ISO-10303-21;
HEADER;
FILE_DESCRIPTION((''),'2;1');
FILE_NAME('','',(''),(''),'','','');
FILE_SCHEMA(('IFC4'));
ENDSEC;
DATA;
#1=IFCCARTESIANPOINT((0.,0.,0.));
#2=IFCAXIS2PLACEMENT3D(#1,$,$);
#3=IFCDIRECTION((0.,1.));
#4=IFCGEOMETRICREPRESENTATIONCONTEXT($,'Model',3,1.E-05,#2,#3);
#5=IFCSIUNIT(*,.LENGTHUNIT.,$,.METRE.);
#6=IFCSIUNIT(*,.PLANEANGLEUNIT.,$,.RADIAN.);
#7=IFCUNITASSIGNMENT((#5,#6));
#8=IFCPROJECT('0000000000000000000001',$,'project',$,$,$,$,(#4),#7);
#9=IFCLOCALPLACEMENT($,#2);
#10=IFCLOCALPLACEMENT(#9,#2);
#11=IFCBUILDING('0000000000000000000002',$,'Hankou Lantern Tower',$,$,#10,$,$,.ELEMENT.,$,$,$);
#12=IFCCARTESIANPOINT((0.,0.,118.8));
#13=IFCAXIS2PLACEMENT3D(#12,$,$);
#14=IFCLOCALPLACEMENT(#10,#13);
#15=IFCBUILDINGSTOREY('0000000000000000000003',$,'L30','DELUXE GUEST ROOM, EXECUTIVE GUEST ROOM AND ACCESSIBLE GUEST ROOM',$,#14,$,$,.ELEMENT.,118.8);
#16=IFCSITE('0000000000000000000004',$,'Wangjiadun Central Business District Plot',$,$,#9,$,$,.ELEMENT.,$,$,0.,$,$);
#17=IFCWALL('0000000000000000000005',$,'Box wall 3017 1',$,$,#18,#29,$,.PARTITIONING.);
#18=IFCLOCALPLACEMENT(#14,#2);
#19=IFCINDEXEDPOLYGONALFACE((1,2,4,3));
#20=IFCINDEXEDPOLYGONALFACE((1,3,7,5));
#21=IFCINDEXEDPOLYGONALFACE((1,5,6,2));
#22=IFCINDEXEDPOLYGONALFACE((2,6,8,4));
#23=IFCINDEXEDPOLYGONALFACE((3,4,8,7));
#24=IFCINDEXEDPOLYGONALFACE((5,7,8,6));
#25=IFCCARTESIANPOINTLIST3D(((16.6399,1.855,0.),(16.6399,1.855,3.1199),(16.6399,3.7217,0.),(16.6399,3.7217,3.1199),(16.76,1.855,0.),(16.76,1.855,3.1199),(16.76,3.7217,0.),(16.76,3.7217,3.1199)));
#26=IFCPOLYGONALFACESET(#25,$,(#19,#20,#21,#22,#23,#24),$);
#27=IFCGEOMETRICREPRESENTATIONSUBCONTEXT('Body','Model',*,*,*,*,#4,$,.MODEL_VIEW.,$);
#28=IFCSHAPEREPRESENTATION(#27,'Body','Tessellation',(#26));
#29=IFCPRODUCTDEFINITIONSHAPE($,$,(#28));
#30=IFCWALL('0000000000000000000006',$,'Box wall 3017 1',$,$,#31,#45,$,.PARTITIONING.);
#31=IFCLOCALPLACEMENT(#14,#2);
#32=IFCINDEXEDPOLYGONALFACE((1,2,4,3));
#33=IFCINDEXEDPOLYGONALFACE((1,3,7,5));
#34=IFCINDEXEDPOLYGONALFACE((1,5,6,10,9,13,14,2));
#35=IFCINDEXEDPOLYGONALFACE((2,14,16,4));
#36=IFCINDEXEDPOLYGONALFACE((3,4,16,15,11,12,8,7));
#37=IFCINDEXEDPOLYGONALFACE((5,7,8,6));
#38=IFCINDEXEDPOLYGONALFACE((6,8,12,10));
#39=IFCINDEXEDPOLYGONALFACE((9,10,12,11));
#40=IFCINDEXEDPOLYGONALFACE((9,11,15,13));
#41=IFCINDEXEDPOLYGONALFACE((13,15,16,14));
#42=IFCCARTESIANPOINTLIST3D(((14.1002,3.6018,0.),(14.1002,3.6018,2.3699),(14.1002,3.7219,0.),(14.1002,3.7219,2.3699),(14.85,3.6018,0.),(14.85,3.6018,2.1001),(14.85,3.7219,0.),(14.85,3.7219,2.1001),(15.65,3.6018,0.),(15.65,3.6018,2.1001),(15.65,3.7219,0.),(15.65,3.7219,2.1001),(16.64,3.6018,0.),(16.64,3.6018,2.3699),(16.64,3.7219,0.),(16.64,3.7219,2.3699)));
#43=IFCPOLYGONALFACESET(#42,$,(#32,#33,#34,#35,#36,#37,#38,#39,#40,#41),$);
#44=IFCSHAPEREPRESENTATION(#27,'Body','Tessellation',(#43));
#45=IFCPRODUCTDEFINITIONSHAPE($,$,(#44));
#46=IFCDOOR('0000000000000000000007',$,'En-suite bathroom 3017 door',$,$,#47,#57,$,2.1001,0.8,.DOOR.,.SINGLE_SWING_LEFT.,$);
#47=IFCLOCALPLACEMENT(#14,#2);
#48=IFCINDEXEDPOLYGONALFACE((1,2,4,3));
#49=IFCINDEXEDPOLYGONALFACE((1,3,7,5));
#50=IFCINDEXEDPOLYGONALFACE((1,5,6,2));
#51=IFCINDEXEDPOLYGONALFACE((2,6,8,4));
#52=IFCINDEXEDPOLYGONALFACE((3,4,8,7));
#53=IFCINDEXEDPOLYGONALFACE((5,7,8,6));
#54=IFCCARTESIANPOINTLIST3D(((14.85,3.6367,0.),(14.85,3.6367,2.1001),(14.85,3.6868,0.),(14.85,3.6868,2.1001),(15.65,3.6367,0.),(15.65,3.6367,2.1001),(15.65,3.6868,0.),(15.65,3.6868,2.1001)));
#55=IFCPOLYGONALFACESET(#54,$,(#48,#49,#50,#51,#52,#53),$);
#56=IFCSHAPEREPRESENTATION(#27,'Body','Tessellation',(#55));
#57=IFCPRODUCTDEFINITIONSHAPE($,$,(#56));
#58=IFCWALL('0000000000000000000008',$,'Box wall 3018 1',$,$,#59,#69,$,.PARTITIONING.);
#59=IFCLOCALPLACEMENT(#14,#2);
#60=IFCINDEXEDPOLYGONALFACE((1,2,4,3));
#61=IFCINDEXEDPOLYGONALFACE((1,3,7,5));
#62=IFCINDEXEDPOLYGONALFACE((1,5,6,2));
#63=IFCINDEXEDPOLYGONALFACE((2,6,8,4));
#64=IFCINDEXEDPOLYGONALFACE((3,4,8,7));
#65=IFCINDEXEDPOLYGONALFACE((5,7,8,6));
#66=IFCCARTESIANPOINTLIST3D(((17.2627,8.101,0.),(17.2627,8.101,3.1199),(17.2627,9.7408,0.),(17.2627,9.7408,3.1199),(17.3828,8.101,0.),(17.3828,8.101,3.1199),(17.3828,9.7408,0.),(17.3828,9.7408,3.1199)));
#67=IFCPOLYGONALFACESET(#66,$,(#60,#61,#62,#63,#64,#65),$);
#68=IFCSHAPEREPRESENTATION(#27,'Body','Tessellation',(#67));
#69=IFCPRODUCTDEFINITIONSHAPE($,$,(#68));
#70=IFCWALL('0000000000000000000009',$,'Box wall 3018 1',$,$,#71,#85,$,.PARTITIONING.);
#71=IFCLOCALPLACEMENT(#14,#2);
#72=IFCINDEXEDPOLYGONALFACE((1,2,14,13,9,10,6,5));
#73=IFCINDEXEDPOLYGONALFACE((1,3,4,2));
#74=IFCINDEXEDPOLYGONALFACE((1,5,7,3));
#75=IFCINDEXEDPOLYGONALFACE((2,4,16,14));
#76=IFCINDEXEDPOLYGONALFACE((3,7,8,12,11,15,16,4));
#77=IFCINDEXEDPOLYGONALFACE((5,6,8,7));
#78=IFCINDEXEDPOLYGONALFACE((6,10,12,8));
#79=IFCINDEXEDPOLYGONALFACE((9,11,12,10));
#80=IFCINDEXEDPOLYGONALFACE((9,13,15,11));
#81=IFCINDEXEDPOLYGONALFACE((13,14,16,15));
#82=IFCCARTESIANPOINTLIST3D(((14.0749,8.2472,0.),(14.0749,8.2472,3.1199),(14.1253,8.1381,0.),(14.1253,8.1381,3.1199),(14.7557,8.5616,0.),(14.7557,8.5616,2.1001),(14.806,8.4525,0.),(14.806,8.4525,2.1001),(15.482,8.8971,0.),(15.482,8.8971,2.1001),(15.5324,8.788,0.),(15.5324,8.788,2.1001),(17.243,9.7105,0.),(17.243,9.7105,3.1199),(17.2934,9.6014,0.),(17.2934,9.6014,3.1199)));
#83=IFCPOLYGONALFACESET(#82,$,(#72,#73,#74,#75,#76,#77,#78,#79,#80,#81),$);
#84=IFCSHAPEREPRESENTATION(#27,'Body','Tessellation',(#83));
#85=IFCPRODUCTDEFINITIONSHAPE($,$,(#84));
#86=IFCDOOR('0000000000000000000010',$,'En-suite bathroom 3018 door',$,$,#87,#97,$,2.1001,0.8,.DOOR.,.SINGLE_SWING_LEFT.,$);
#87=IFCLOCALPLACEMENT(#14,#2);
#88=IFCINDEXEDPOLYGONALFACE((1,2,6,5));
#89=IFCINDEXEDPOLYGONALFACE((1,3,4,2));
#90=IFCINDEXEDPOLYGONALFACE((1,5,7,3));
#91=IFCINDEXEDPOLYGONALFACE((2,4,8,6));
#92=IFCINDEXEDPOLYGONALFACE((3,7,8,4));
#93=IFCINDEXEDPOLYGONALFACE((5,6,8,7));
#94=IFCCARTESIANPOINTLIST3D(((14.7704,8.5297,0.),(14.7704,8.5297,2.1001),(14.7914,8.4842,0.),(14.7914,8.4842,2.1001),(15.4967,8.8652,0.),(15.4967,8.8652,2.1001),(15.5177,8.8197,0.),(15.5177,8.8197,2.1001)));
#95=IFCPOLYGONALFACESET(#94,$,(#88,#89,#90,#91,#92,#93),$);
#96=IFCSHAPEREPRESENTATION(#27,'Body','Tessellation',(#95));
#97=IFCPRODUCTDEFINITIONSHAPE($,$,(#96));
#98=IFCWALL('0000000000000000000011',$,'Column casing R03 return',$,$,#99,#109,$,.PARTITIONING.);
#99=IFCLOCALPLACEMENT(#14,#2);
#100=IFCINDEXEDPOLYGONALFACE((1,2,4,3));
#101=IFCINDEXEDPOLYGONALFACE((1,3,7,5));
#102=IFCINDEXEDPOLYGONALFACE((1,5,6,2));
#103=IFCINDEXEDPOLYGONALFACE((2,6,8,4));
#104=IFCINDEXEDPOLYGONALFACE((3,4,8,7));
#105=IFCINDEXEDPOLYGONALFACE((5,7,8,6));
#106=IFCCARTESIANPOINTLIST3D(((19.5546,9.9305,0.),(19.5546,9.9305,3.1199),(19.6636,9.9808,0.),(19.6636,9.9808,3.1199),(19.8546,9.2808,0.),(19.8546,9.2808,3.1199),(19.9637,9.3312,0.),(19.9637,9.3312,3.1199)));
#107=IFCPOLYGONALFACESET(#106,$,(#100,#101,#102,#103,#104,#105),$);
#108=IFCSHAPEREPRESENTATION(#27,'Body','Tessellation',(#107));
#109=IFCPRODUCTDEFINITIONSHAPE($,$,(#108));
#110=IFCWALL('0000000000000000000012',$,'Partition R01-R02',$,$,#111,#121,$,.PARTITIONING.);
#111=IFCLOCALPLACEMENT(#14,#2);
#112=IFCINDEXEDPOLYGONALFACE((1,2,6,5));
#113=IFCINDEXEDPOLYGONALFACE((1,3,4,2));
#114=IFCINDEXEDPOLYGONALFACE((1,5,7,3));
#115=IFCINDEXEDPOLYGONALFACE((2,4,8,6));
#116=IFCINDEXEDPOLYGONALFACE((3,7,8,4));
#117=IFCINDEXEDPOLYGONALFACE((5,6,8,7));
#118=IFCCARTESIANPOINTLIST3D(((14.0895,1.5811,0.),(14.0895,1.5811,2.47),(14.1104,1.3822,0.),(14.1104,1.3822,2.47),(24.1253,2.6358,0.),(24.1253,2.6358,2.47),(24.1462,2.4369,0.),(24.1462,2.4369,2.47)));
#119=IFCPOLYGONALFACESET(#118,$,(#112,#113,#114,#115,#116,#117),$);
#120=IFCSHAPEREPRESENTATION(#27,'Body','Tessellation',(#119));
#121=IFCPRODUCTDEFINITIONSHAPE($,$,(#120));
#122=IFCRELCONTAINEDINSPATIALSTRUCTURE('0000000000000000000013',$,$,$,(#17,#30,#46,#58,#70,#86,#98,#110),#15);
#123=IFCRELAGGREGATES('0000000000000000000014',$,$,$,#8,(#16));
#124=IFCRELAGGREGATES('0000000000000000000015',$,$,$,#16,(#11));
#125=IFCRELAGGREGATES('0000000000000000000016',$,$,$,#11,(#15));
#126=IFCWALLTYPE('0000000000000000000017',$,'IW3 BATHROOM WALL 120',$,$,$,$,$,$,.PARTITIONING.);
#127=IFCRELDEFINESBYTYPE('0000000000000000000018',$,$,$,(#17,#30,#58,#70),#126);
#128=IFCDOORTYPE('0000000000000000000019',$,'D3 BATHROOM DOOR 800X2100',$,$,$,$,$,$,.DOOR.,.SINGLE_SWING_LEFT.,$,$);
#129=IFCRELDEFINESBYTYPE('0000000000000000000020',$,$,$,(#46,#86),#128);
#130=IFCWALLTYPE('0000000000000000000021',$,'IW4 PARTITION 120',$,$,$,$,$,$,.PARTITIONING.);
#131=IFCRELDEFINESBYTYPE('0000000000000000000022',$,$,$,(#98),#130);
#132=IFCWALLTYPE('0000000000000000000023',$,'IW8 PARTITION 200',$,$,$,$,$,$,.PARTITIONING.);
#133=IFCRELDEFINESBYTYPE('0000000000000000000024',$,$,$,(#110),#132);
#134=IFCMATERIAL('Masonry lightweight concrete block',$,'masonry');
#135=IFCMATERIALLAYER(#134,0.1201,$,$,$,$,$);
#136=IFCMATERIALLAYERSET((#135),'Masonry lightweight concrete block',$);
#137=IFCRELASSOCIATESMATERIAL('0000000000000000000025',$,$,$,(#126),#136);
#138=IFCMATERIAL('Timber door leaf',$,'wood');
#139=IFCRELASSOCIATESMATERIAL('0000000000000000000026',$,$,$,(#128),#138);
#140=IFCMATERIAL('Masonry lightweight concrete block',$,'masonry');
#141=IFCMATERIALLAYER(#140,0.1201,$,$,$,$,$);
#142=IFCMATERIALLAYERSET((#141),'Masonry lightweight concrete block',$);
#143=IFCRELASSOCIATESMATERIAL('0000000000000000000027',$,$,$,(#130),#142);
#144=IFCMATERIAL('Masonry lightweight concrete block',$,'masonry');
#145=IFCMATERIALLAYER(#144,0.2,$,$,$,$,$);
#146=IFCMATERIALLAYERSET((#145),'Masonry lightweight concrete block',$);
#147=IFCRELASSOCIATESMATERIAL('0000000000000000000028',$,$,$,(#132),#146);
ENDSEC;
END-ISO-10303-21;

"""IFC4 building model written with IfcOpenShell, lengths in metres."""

from ifc_helpers import new_model, si_unit, direction, frame, frame_2d, origin, place, context, subcontext, project, spatial, rectangle, extrude, material, layer, layer_set, type_object, element, fill, save


model = new_model("IFC4")

# Units and contexts
model_context = context("Model", 3, precision=1e-05, world=origin(), true_north=direction((0.0, 1.0)))
body_context = subcontext(model_context, "Body", "Model", "MODEL_VIEW")
ifc_project = project(units=[si_unit("LENGTHUNIT", "METRE"), si_unit("PLANEANGLEUNIT", "RADIAN")], contexts=[model_context])

# Site, building, storey
site_placement = place(None, origin())
site = spatial("IfcSite", under=ifc_project, at=site_placement, Name="Wangjiadun Central Business District Plot", CompositionType="ELEMENT", RefElevation=0.0)
building_placement = place(site_placement, origin())
building = spatial("IfcBuilding", under=site, at=building_placement, Name="Hankou Lantern Tower", CompositionType="ELEMENT")
storey_placement = place(building_placement, frame((0.0, 0.0, 118.8)))
storey = spatial("IfcBuildingStorey", under=building, at=storey_placement, Name="L30", Description="DELUXE GUEST ROOM, EXECUTIVE GUEST ROOM AND ACCESSIBLE GUEST ROOM", CompositionType="ELEMENT", Elevation=118.8)

# Wall
ifc_material_1 = material(Name="Masonry lightweight concrete block", Category="masonry")
ifc_layer_1 = layer(ifc_material_1, 0.1201)
ifc_layer_set_1 = layer_set([ifc_layer_1], Name="Masonry lightweight concrete block")
wall_type_1 = type_object("IfcWallType", Name="IW3 BATHROOM WALL 120", PredefinedType="PARTITIONING", material=ifc_layer_set_1)
wall_1_placement = place(storey_placement, frame((16.7, 1.855, 0.0), z_axis=(0.0, 0.0, 1.0), x_axis=(0.0, 1.0, 0.0)))
element("IfcWall", 1, at=wall_1_placement, inside=storey, type_object=wall_type_1, Name="Box wall 3017 1", PredefinedType="PARTITIONING", context=body_context, shape_type="SweptSolid", body=[
    extrude(rectangle(XDim=1.8667, YDim=0.1201, at=frame_2d((0.9333, 0.0))), origin(), (0.0, 0.0, 1.0), 3.1199),
])

# Wall, opening, door
wall_2_placement = place(storey_placement, frame((14.1001, 3.6619, 0.0), z_axis=(0.0, 0.0, 1.0), x_axis=(1.0, 0.0, 0.0)))
wall_2 = element("IfcWall", 2, at=wall_2_placement, inside=storey, type_object=wall_type_1, Name="Box wall 3017 1", PredefinedType="PARTITIONING", context=body_context, shape_type="SweptSolid", body=[
    extrude(rectangle(XDim=2.5398, YDim=0.1201, at=frame_2d((1.27, 0.0))), origin(), (0.0, 0.0, 1.0), 2.3699),
])
opening_1_placement = place(wall_2_placement, frame((0.75, 0.0, 0.0)))
opening_1 = element("IfcOpeningElement", 3, at=opening_1_placement, cuts=wall_2, PredefinedType="OPENING", context=body_context, shape_type="SweptSolid", body=[
    extrude(rectangle(XDim=0.8, YDim=2.1001, at=frame_2d((0.3999, 1.05))), frame((0.0, 0.0701, 0.0), z_axis=(0.0, -1.0, 0.0), x_axis=(1.0, 0.0, 0.0)), (0.0, 0.0, 1.0), 0.1401),
])
ifc_material_2 = material(Name="Timber door leaf", Category="wood")
door_type = type_object("IfcDoorType", Name="D3 BATHROOM DOOR 800X2100", OperationType="SINGLE_SWING_LEFT", PredefinedType="DOOR", material=ifc_material_2)
door_1_placement = place(opening_1_placement, origin())
door_1 = element("IfcDoor", 4, at=door_1_placement, inside=storey, type_object=door_type, Name="En-suite bathroom 3017 door", OperationType="SINGLE_SWING_LEFT", OverallHeight=2.1001, OverallWidth=0.8, PredefinedType="DOOR", context=body_context, shape_type="SweptSolid", body=[
    extrude(rectangle(XDim=0.8, YDim=2.1001, at=frame_2d((0.3999, 1.05))), frame((0.0, 0.0249, 0.0), z_axis=(0.0, -1.0, 0.0), x_axis=(1.0, 0.0, 0.0)), (0.0, 0.0, 1.0), 0.05),
])
fill(opening_1, door_1)

# Wall
wall_3_placement = place(storey_placement, frame((17.3228, 8.1011, 0.0), z_axis=(0.0, 0.0, 1.0), x_axis=(0.0, 1.0, 0.0)))
element("IfcWall", 5, at=wall_3_placement, inside=storey, type_object=wall_type_1, Name="Box wall 3018 1", PredefinedType="PARTITIONING", context=body_context, shape_type="SweptSolid", body=[
    extrude(rectangle(XDim=1.6399, YDim=0.1201, at=frame_2d((0.8198, 0.0))), origin(), (0.0, 0.0, 1.0), 3.1199),
])

# Wall, opening, door
wall_4_placement = place(storey_placement, frame((14.1001, 8.1926, 0.0), z_axis=(0.0, 0.0, 1.0), x_axis=(0.907836, 0.419324, 0.0)))
wall_4 = element("IfcWall", 6, at=wall_4_placement, inside=storey, type_object=wall_type_1, Name="Box wall 3018 1", PredefinedType="PARTITIONING", context=body_context, shape_type="SweptSolid", body=[
    extrude(rectangle(XDim=3.4897, YDim=0.1201, at=frame_2d((1.7449, 0.0))), origin(), (0.0, 0.0, 1.0), 3.1199),
])
opening_2_placement = place(wall_4_placement, frame((0.75, 0.0, 0.0)))
opening_2 = element("IfcOpeningElement", 7, at=opening_2_placement, cuts=wall_4, PredefinedType="OPENING", context=body_context, shape_type="SweptSolid", body=[
    extrude(rectangle(XDim=0.8, YDim=2.1001, at=frame_2d((0.3999, 1.05))), frame((0.0, 0.0701, 0.0), z_axis=(0.0, -1.0, 0.0), x_axis=(1.0, 0.0, 0.0)), (0.0, 0.0, 1.0), 0.1401),
])
door_2_placement = place(opening_2_placement, origin())
door_2 = element("IfcDoor", 8, at=door_2_placement, inside=storey, type_object=door_type, Name="En-suite bathroom 3018 door", OperationType="SINGLE_SWING_LEFT", OverallHeight=2.1001, OverallWidth=0.8, PredefinedType="DOOR", context=body_context, shape_type="SweptSolid", body=[
    extrude(rectangle(XDim=0.8, YDim=2.1001, at=frame_2d((0.3999, 1.05))), frame((0.0, 0.0249, 0.0), z_axis=(0.0, -1.0, 0.0), x_axis=(1.0, 0.0, 0.0)), (0.0, 0.0, 1.0), 0.05),
])
fill(opening_2, door_2)

# Walls
ifc_material_3 = material(Name="Masonry lightweight concrete block", Category="masonry")
ifc_layer_2 = layer(ifc_material_3, 0.1201)
ifc_layer_set_2 = layer_set([ifc_layer_2], Name="Masonry lightweight concrete block")
wall_type_2 = type_object("IfcWallType", Name="IW4 PARTITION 120", PredefinedType="PARTITIONING", material=ifc_layer_set_2)
wall_5_placement = place(storey_placement, frame((19.9092, 9.3059, 0.0), z_axis=(0.0, 0.0, 1.0), x_axis=(-0.419296, 0.90785, 0.0)))
element("IfcWall", 9, at=wall_5_placement, inside=storey, type_object=wall_type_2, Name="Column casing R03 return", PredefinedType="PARTITIONING", context=body_context, shape_type="SweptSolid", body=[
    extrude(rectangle(XDim=0.7156, YDim=0.1201, at=frame_2d((0.3579, 0.0))), origin(), (0.0, 0.0, 1.0), 3.1199),
])
ifc_material_4 = material(Name="Masonry lightweight concrete block", Category="masonry")
ifc_layer_3 = layer(ifc_material_4, 0.2)
ifc_layer_set_3 = layer_set([ifc_layer_3], Name="Masonry lightweight concrete block")
wall_type_3 = type_object("IfcWallType", Name="IW8 PARTITION 200", PredefinedType="PARTITIONING", material=ifc_layer_set_3)
wall_6_placement = place(storey_placement, frame((14.1001, 1.4817, 0.0), z_axis=(0.0, 0.0, 1.0), x_axis=(0.994523, 0.104516, 0.0)))
element("IfcWall", 10, at=wall_6_placement, inside=storey, type_object=wall_type_3, Name="Partition R01-R02", PredefinedType="PARTITIONING", context=body_context, shape_type="SweptSolid", body=[
    extrude(rectangle(XDim=10.0911, YDim=0.2, at=frame_2d((5.0454, 0.0))), origin(), (0.0, 0.0, 1.0), 2.47),
])

save(model, "model.ifc")
